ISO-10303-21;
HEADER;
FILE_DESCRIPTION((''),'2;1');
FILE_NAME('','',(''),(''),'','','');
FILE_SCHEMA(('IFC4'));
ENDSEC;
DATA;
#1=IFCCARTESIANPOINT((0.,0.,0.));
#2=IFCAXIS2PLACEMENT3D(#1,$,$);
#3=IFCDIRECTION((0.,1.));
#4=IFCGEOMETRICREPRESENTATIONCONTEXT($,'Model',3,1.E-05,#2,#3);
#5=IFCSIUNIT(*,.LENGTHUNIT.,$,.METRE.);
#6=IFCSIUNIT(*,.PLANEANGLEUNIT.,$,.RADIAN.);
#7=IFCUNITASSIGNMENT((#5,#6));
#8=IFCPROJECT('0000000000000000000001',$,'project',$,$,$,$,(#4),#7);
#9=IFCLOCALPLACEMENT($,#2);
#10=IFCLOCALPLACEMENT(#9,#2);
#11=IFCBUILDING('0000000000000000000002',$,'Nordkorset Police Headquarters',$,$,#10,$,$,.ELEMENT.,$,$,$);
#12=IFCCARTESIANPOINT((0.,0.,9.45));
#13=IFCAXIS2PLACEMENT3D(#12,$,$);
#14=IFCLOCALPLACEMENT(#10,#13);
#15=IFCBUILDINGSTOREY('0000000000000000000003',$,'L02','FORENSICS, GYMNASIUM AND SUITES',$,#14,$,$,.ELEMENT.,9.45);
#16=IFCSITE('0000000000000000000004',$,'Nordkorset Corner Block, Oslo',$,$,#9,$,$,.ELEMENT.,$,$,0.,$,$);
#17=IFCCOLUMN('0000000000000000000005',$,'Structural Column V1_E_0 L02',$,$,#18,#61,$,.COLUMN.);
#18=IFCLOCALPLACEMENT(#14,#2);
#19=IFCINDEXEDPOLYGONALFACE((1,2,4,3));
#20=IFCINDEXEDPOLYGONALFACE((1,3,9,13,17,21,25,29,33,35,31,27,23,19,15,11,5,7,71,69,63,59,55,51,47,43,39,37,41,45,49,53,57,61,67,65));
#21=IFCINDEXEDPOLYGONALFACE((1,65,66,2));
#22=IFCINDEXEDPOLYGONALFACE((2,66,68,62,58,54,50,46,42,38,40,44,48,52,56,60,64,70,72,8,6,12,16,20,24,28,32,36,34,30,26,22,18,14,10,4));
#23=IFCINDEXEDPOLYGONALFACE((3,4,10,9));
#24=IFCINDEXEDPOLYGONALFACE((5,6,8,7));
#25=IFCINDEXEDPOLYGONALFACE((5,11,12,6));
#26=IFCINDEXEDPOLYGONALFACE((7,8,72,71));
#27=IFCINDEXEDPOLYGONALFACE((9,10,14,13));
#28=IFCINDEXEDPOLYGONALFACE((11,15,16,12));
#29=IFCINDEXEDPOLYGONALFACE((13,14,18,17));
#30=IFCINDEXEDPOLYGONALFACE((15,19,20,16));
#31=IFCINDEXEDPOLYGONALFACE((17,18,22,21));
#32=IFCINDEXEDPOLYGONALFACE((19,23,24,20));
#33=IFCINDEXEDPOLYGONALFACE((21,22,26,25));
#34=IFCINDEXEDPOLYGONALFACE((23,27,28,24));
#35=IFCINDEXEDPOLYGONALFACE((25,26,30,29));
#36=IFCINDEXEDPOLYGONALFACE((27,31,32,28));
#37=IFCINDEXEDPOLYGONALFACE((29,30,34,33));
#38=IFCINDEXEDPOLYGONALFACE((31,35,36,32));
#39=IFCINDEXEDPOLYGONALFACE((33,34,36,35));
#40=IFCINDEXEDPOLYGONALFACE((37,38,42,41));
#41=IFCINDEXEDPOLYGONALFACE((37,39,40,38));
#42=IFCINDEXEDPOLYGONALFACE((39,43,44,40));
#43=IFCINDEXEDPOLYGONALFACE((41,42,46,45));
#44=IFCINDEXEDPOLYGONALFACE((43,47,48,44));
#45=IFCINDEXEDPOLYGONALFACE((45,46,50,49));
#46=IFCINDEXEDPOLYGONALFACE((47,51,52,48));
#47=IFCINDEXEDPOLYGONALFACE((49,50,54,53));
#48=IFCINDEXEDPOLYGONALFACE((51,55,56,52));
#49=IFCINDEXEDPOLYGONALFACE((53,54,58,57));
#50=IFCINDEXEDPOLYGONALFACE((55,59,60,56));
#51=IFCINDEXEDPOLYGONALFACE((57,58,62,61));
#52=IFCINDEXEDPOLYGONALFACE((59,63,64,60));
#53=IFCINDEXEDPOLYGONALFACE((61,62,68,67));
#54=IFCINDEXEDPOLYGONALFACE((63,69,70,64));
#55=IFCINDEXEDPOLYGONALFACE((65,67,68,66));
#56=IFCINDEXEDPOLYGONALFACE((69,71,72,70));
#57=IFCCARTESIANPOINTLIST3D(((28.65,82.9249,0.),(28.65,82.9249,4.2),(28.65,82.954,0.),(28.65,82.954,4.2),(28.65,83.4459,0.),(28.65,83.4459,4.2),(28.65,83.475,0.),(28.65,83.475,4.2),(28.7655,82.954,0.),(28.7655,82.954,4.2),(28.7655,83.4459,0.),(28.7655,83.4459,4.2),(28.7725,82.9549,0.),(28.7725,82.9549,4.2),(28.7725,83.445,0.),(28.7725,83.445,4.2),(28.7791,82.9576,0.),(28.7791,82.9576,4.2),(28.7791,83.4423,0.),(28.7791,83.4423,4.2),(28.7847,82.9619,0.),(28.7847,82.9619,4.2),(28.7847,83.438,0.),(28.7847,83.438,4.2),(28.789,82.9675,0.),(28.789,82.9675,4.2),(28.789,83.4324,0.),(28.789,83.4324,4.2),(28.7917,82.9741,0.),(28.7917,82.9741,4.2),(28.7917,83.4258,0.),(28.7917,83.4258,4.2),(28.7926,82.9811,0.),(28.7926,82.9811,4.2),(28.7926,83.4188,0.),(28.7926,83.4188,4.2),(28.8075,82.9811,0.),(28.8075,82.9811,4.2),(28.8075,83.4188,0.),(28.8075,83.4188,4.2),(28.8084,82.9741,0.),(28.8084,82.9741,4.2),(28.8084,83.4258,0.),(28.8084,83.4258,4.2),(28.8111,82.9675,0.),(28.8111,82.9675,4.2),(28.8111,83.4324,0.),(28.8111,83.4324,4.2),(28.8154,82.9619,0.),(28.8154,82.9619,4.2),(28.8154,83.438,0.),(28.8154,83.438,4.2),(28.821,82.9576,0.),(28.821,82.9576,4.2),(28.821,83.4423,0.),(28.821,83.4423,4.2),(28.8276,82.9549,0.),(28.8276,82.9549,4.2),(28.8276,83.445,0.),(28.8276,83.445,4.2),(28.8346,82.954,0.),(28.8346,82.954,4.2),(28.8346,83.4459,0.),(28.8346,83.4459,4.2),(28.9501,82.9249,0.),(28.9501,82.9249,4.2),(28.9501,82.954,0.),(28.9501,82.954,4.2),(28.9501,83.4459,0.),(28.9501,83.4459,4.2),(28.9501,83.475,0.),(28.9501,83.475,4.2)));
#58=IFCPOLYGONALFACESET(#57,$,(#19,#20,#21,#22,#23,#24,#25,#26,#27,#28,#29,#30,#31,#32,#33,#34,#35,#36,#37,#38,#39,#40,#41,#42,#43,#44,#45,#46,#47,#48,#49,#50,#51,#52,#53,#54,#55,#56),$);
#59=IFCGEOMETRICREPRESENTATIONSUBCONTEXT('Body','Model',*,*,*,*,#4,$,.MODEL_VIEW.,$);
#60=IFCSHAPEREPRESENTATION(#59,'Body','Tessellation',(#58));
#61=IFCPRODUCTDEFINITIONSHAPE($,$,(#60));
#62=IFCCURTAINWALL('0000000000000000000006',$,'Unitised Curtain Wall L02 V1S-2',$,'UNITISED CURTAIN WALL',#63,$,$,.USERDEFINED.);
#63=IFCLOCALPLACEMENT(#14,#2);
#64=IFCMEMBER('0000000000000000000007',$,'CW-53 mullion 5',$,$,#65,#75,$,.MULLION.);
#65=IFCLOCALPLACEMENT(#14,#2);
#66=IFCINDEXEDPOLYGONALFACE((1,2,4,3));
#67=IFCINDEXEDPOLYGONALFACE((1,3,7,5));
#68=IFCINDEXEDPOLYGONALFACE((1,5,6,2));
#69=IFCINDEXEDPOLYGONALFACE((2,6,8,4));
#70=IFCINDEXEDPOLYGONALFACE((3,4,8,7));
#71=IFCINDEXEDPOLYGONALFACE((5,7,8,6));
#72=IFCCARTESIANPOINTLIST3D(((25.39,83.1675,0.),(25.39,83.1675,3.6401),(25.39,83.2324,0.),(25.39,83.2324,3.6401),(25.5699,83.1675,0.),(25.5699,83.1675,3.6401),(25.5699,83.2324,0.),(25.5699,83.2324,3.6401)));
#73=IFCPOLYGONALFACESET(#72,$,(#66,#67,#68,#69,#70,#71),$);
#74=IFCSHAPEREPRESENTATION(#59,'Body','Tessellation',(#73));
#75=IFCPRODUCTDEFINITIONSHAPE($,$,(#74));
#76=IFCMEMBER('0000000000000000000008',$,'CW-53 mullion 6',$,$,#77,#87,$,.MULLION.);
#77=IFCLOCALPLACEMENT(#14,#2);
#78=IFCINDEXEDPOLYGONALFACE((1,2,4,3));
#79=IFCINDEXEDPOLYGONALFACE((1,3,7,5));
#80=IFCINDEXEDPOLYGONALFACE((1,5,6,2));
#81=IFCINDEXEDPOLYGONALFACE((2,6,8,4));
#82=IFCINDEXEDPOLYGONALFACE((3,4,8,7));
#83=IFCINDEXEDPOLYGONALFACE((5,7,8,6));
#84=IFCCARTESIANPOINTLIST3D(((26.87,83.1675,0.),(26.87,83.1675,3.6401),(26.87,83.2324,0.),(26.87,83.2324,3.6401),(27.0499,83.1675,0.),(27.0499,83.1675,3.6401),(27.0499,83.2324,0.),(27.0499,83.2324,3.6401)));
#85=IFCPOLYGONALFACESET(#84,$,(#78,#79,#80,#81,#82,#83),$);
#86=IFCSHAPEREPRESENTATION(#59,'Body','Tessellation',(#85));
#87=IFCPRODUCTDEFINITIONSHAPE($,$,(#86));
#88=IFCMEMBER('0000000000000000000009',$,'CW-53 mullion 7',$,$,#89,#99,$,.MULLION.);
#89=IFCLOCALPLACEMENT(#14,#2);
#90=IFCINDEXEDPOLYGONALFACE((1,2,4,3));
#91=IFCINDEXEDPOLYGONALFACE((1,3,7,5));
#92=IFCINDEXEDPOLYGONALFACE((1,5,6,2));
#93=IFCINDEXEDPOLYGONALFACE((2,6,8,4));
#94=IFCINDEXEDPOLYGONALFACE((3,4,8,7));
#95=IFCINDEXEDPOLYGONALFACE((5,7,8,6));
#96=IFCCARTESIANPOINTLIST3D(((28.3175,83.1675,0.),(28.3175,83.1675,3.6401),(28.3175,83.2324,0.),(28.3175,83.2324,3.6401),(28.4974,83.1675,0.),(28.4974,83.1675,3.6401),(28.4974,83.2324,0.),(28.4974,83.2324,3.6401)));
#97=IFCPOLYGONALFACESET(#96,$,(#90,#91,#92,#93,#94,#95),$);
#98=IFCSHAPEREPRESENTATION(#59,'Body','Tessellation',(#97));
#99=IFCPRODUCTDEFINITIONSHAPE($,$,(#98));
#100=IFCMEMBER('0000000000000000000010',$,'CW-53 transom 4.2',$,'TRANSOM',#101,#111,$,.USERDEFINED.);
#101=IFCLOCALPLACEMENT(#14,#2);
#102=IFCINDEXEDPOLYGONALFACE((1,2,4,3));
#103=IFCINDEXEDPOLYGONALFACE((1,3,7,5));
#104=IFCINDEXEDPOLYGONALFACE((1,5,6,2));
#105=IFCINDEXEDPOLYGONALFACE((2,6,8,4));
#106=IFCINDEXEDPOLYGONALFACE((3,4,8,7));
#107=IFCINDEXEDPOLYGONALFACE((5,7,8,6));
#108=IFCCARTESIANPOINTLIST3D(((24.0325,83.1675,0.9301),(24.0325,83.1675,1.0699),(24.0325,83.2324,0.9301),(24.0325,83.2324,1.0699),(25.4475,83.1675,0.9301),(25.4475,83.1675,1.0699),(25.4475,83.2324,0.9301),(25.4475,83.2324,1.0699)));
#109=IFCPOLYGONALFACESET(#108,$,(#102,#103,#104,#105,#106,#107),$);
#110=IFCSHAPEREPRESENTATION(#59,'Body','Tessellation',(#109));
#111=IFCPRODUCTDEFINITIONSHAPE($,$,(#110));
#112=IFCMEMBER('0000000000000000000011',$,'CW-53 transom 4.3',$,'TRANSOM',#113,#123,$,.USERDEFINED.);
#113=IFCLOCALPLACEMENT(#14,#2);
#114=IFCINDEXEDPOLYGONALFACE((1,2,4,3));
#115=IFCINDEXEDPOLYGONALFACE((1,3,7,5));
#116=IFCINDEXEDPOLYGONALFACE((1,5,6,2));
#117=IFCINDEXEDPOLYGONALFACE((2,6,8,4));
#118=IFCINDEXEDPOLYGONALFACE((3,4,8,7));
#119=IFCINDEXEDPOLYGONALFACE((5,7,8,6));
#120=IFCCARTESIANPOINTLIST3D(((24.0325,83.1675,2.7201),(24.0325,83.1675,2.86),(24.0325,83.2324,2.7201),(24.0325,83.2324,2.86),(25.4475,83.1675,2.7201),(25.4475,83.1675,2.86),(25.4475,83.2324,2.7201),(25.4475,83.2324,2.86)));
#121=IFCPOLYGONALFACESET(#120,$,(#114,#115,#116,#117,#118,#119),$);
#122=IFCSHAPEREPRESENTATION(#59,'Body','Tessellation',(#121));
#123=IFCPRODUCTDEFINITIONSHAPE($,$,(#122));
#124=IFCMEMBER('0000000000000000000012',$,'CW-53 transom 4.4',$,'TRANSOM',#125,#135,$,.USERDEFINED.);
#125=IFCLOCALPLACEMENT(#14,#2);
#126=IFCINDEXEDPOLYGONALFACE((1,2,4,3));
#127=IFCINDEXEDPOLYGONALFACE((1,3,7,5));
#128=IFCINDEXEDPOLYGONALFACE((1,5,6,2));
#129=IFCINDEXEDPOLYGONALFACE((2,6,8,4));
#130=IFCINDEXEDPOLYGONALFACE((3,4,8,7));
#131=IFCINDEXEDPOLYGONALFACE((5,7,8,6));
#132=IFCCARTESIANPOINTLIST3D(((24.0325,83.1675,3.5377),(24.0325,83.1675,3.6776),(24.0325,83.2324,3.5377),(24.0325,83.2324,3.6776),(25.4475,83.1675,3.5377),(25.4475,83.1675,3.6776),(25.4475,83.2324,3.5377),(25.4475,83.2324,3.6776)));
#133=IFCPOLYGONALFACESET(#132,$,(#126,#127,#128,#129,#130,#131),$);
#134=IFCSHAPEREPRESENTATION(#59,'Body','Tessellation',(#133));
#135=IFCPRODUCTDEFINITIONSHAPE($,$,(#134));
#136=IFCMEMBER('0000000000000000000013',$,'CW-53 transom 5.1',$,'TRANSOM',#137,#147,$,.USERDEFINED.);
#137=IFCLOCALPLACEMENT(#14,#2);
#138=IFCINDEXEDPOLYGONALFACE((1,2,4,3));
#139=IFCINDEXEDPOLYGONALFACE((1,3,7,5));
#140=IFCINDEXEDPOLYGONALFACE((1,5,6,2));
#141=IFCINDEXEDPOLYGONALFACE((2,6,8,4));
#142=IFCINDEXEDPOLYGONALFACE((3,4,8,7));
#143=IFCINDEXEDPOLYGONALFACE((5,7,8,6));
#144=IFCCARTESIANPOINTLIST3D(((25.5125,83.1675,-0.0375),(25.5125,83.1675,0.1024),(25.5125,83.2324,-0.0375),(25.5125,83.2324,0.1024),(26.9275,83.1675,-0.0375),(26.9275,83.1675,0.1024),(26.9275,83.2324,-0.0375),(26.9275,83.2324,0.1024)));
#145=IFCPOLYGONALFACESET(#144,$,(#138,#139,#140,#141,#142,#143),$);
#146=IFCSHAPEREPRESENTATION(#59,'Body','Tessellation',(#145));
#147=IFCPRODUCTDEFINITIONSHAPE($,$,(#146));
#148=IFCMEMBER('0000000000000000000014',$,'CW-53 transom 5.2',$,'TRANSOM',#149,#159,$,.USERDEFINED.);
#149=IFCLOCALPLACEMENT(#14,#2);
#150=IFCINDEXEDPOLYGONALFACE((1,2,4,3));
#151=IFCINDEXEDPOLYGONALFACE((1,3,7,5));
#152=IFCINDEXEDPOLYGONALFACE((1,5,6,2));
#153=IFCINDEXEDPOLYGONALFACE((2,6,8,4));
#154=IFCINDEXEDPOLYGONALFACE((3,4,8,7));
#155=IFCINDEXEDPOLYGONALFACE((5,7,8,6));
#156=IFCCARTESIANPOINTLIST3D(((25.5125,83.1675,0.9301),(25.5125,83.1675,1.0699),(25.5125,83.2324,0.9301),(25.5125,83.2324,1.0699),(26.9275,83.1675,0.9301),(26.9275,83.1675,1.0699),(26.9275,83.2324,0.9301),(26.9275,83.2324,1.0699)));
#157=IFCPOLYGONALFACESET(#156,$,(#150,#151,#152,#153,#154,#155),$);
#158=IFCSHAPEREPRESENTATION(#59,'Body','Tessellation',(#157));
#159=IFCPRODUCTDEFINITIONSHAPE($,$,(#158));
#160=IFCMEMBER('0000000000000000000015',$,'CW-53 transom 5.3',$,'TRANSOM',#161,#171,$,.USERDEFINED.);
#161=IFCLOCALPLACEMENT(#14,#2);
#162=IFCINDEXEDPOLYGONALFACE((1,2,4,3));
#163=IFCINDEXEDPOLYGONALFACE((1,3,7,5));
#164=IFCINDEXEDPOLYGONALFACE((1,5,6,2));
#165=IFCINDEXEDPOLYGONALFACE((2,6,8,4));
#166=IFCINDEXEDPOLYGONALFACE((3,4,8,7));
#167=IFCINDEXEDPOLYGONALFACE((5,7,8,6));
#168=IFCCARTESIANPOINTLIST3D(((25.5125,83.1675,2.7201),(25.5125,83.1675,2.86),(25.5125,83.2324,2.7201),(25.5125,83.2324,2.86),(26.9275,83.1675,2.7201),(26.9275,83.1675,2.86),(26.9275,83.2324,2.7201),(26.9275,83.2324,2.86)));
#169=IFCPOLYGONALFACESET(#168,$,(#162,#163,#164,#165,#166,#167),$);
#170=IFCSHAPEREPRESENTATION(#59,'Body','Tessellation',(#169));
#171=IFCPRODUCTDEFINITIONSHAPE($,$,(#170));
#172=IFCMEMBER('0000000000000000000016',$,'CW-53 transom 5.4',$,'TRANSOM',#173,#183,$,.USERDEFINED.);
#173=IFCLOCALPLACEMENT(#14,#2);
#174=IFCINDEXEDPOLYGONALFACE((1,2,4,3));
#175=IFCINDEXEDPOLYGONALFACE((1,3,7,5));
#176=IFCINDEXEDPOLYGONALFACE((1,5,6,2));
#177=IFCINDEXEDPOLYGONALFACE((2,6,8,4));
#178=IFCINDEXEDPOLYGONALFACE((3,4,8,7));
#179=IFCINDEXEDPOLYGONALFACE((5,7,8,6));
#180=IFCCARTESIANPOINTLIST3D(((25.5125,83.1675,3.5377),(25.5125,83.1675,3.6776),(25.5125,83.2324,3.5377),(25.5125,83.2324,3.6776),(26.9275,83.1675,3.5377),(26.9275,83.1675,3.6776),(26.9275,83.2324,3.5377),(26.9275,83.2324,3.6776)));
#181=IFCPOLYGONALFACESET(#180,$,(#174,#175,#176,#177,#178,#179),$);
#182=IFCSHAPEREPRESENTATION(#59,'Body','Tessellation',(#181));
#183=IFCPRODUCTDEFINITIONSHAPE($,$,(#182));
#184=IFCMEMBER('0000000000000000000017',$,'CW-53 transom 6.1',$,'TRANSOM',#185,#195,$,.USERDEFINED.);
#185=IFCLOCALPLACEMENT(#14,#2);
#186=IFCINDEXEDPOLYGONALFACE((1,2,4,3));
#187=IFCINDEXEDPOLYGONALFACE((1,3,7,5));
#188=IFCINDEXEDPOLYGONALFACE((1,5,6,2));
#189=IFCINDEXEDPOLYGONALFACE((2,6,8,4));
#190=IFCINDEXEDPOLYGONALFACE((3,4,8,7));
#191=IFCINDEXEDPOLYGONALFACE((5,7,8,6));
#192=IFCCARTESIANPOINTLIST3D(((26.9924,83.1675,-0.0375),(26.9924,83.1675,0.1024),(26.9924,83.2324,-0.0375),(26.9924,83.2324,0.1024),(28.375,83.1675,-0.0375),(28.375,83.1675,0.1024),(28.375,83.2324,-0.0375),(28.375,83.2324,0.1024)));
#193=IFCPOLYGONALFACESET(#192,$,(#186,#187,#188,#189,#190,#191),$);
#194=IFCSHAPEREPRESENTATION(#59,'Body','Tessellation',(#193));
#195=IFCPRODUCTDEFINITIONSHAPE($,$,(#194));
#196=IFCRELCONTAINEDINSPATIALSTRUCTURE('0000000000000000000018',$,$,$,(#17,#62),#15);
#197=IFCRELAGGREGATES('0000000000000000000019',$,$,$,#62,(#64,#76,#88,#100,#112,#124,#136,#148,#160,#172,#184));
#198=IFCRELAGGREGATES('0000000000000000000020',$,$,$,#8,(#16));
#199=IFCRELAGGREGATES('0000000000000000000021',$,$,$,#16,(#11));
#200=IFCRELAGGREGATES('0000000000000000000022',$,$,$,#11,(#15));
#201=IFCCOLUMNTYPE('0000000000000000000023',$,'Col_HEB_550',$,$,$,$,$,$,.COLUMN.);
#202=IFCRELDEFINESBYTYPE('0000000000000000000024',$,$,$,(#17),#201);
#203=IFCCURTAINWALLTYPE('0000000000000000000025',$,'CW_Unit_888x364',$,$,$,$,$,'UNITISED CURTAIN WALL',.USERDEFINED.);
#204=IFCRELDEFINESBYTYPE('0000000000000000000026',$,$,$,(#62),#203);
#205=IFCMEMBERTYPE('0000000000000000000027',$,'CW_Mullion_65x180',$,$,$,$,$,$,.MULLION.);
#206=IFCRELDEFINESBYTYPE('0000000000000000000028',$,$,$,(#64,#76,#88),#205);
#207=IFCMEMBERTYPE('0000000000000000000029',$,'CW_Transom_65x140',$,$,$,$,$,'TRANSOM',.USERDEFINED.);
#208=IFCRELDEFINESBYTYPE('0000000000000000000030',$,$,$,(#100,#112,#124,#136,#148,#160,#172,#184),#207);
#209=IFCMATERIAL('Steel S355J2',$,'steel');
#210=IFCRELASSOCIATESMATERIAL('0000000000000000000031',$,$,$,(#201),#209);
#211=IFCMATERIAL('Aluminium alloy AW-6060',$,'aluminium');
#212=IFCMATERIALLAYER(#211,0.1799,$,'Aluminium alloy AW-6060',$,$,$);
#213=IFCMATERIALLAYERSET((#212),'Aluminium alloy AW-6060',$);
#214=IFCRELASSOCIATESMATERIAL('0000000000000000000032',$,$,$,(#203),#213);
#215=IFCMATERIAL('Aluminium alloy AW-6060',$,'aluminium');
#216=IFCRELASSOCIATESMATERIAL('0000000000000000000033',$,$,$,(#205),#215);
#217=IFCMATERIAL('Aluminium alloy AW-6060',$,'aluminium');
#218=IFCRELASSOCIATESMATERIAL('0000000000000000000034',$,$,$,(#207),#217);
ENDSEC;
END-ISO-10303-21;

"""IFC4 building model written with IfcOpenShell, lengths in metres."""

from ifc_helpers import new_model, si_unit, direction, frame, origin, origin_2d, place, context, subcontext, project, spatial, rectangle, i_section, extrude, material, layer, layer_set, material_profile, profile_set, type_object, element, aggregate, save


model = new_model("IFC4")

# Units and contexts
model_context = context("Model", 3, precision=1e-05, world=origin(), true_north=direction((0.0, 1.0)))
body_context = subcontext(model_context, "Body", "Model", "MODEL_VIEW")
ifc_project = project(units=[si_unit("LENGTHUNIT", "METRE"), si_unit("PLANEANGLEUNIT", "RADIAN")], contexts=[model_context])

# Site, building, storey
site_placement = place(None, origin())
site = spatial("IfcSite", under=ifc_project, at=site_placement, Name="Nordkorset Corner Block, Oslo", CompositionType="ELEMENT", RefElevation=0.0)
building_placement = place(site_placement, origin())
building = spatial("IfcBuilding", under=site, at=building_placement, Name="Nordkorset Police Headquarters", CompositionType="ELEMENT")
storey_placement = place(building_placement, frame((0.0, 0.0, 9.45)))
storey = spatial("IfcBuildingStorey", under=building, at=storey_placement, Name="L02", Description="FORENSICS, GYMNASIUM AND SUITES", CompositionType="ELEMENT", Elevation=9.45)

# Column
ifc_material_1 = material(Name="Steel S355J2", Category="steel")
ifc_material_profile_1 = material_profile(ifc_material_1, i_section(OverallWidth=0.3, OverallDepth=0.55, WebThickness=0.0149, FlangeThickness=0.0291, FilletRadius=0.0271, at=origin_2d()), Name="HEB 550")
ifc_profile_set_1 = profile_set([ifc_material_profile_1], Name="Steel S355J2")
column_type = type_object("IfcColumnType", Name="Col_HEB_550", PredefinedType="COLUMN", material=ifc_profile_set_1)
column_placement = place(storey_placement, frame((28.8, 83.2, 0.0), z_axis=(0.0, 0.0, 1.0), x_axis=(1.0, 0.0, 0.0)))
element("IfcColumn", 1, at=column_placement, inside=storey, type_object=column_type, Name="Structural Column V1_E_0 L02", PredefinedType="COLUMN", context=body_context, shape_type="SweptSolid", body=[
    extrude(i_section(OverallWidth=0.3, OverallDepth=0.55, WebThickness=0.0149, FlangeThickness=0.0291, FilletRadius=0.0271, at=origin_2d()), origin(), (0.0, 0.0, 1.0), 4.2),
])

# Curtain wall, members
ifc_material_2 = material(Name="Aluminium alloy AW-6060", Category="aluminium")
ifc_layer_1 = layer(ifc_material_2, 0.1799, Name="Aluminium alloy AW-6060")
ifc_layer_set_1 = layer_set([ifc_layer_1], Name="Aluminium alloy AW-6060")
curtain_wall_type = type_object("IfcCurtainWallType", Name="CW_Unit_888x364", ElementType="UNITISED CURTAIN WALL", PredefinedType="USERDEFINED", material=ifc_layer_set_1)
curtain_wall_placement = place(storey_placement, origin())
curtain_wall = element("IfcCurtainWall", 2, at=curtain_wall_placement, inside=storey, type_object=curtain_wall_type, Name="Unitised Curtain Wall L02 V1S-2", ObjectType="UNITISED CURTAIN WALL", PredefinedType="USERDEFINED")
ifc_material_3 = material(Name="Aluminium alloy AW-6060", Category="aluminium")
ifc_material_profile_2 = material_profile(ifc_material_3, rectangle(XDim=0.0649, YDim=0.1799, at=origin_2d()), Name="ALU MULL 65x180")
ifc_profile_set_2 = profile_set([ifc_material_profile_2], Name="Aluminium alloy AW-6060")
member_type_1 = type_object("IfcMemberType", Name="CW_Mullion_65x180", PredefinedType="MULLION", material=ifc_profile_set_2)
member_1_placement = place(storey_placement, frame((25.48, 83.2, 0.0), z_axis=(0.0, 0.0, 1.0), x_axis=(0.0, 1.0, 0.0)))
member_1 = element("IfcMember", 3, at=member_1_placement, type_object=member_type_1, Name="CW-53 mullion 5", PredefinedType="MULLION", context=body_context, shape_type="SweptSolid", body=[
    extrude(rectangle(XDim=0.0649, YDim=0.1799, at=origin_2d()), origin(), (0.0, 0.0, 1.0), 3.6401),
])
member_2_placement = place(storey_placement, frame((26.96, 83.2, 0.0), z_axis=(0.0, 0.0, 1.0), x_axis=(0.0, 1.0, 0.0)))
member_2 = element("IfcMember", 4, at=member_2_placement, type_object=member_type_1, Name="CW-53 mullion 6", PredefinedType="MULLION", context=body_context, shape_type="SweptSolid", body=[
    extrude(rectangle(XDim=0.0649, YDim=0.1799, at=origin_2d()), origin(), (0.0, 0.0, 1.0), 3.6401),
])
member_3_placement = place(storey_placement, frame((28.4075, 83.2, 0.0), z_axis=(0.0, 0.0, 1.0), x_axis=(0.0, 1.0, 0.0)))
member_3 = element("IfcMember", 5, at=member_3_placement, type_object=member_type_1, Name="CW-53 mullion 7", PredefinedType="MULLION", context=body_context, shape_type="SweptSolid", body=[
    extrude(rectangle(XDim=0.0649, YDim=0.1799, at=origin_2d()), origin(), (0.0, 0.0, 1.0), 3.6401),
])
ifc_material_4 = material(Name="Aluminium alloy AW-6060", Category="aluminium")
ifc_material_profile_3 = material_profile(ifc_material_4, rectangle(XDim=0.0649, YDim=0.1399, at=origin_2d()), Name="ALU TRAN 65x140")
ifc_profile_set_3 = profile_set([ifc_material_profile_3], Name="Aluminium alloy AW-6060")
member_type_2 = type_object("IfcMemberType", Name="CW_Transom_65x140", ElementType="TRANSOM", PredefinedType="USERDEFINED", material=ifc_profile_set_3)
member_4_placement = place(storey_placement, frame((24.0325, 83.2, 1.0), z_axis=(1.0, 0.0, 0.0), x_axis=(0.0, 1.0, 0.0)))
member_4 = element("IfcMember", 6, at=member_4_placement, type_object=member_type_2, Name="CW-53 transom 4.2", ObjectType="TRANSOM", PredefinedType="USERDEFINED", context=body_context, shape_type="SweptSolid", body=[
    extrude(rectangle(XDim=0.0649, YDim=0.1399, at=origin_2d()), origin(), (0.0, 0.0, 1.0), 1.415),
])
member_5_placement = place(storey_placement, frame((24.0325, 83.2, 2.79), z_axis=(1.0, 0.0, 0.0), x_axis=(0.0, 1.0, 0.0)))
member_5 = element("IfcMember", 7, at=member_5_placement, type_object=member_type_2, Name="CW-53 transom 4.3", ObjectType="TRANSOM", PredefinedType="USERDEFINED", context=body_context, shape_type="SweptSolid", body=[
    extrude(rectangle(XDim=0.0649, YDim=0.1399, at=origin_2d()), origin(), (0.0, 0.0, 1.0), 1.415),
])
member_6_placement = place(storey_placement, frame((24.0325, 83.2, 3.6077), z_axis=(1.0, 0.0, 0.0), x_axis=(0.0, 1.0, 0.0)))
member_6 = element("IfcMember", 8, at=member_6_placement, type_object=member_type_2, Name="CW-53 transom 4.4", ObjectType="TRANSOM", PredefinedType="USERDEFINED", context=body_context, shape_type="SweptSolid", body=[
    extrude(rectangle(XDim=0.0649, YDim=0.1399, at=origin_2d()), origin(), (0.0, 0.0, 1.0), 1.415),
])
member_7_placement = place(storey_placement, frame((25.5125, 83.2, 0.0325), z_axis=(1.0, 0.0, 0.0), x_axis=(0.0, 1.0, 0.0)))
member_7 = element("IfcMember", 9, at=member_7_placement, type_object=member_type_2, Name="CW-53 transom 5.1", ObjectType="TRANSOM", PredefinedType="USERDEFINED", context=body_context, shape_type="SweptSolid", body=[
    extrude(rectangle(XDim=0.0649, YDim=0.1399, at=origin_2d()), origin(), (0.0, 0.0, 1.0), 1.415),
])
member_8_placement = place(storey_placement, frame((25.5125, 83.2, 1.0), z_axis=(1.0, 0.0, 0.0), x_axis=(0.0, 1.0, 0.0)))
member_8 = element("IfcMember", 10, at=member_8_placement, type_object=member_type_2, Name="CW-53 transom 5.2", ObjectType="TRANSOM", PredefinedType="USERDEFINED", context=body_context, shape_type="SweptSolid", body=[
    extrude(rectangle(XDim=0.0649, YDim=0.1399, at=origin_2d()), origin(), (0.0, 0.0, 1.0), 1.415),
])
member_9_placement = place(storey_placement, frame((25.5125, 83.2, 2.79), z_axis=(1.0, 0.0, 0.0), x_axis=(0.0, 1.0, 0.0)))
member_9 = element("IfcMember", 11, at=member_9_placement, type_object=member_type_2, Name="CW-53 transom 5.3", ObjectType="TRANSOM", PredefinedType="USERDEFINED", context=body_context, shape_type="SweptSolid", body=[
    extrude(rectangle(XDim=0.0649, YDim=0.1399, at=origin_2d()), origin(), (0.0, 0.0, 1.0), 1.415),
])
member_10_placement = place(storey_placement, frame((25.5125, 83.2, 3.6077), z_axis=(1.0, 0.0, 0.0), x_axis=(0.0, 1.0, 0.0)))
member_10 = element("IfcMember", 12, at=member_10_placement, type_object=member_type_2, Name="CW-53 transom 5.4", ObjectType="TRANSOM", PredefinedType="USERDEFINED", context=body_context, shape_type="SweptSolid", body=[
    extrude(rectangle(XDim=0.0649, YDim=0.1399, at=origin_2d()), origin(), (0.0, 0.0, 1.0), 1.415),
])
member_11_placement = place(storey_placement, frame((26.9924, 83.2, 0.0325), z_axis=(1.0, 0.0, 0.0), x_axis=(0.0, 1.0, 0.0)))
member_11 = element("IfcMember", 13, at=member_11_placement, type_object=member_type_2, Name="CW-53 transom 6.1", ObjectType="TRANSOM", PredefinedType="USERDEFINED", context=body_context, shape_type="SweptSolid", body=[
    extrude(rectangle(XDim=0.0649, YDim=0.1399, at=origin_2d()), origin(), (0.0, 0.0, 1.0), 1.3826),
])
aggregate(curtain_wall, [member_1, member_2, member_3, member_4, member_5, member_6, member_7, member_8, member_9, member_10, member_11])

save(model, "model.ifc")
